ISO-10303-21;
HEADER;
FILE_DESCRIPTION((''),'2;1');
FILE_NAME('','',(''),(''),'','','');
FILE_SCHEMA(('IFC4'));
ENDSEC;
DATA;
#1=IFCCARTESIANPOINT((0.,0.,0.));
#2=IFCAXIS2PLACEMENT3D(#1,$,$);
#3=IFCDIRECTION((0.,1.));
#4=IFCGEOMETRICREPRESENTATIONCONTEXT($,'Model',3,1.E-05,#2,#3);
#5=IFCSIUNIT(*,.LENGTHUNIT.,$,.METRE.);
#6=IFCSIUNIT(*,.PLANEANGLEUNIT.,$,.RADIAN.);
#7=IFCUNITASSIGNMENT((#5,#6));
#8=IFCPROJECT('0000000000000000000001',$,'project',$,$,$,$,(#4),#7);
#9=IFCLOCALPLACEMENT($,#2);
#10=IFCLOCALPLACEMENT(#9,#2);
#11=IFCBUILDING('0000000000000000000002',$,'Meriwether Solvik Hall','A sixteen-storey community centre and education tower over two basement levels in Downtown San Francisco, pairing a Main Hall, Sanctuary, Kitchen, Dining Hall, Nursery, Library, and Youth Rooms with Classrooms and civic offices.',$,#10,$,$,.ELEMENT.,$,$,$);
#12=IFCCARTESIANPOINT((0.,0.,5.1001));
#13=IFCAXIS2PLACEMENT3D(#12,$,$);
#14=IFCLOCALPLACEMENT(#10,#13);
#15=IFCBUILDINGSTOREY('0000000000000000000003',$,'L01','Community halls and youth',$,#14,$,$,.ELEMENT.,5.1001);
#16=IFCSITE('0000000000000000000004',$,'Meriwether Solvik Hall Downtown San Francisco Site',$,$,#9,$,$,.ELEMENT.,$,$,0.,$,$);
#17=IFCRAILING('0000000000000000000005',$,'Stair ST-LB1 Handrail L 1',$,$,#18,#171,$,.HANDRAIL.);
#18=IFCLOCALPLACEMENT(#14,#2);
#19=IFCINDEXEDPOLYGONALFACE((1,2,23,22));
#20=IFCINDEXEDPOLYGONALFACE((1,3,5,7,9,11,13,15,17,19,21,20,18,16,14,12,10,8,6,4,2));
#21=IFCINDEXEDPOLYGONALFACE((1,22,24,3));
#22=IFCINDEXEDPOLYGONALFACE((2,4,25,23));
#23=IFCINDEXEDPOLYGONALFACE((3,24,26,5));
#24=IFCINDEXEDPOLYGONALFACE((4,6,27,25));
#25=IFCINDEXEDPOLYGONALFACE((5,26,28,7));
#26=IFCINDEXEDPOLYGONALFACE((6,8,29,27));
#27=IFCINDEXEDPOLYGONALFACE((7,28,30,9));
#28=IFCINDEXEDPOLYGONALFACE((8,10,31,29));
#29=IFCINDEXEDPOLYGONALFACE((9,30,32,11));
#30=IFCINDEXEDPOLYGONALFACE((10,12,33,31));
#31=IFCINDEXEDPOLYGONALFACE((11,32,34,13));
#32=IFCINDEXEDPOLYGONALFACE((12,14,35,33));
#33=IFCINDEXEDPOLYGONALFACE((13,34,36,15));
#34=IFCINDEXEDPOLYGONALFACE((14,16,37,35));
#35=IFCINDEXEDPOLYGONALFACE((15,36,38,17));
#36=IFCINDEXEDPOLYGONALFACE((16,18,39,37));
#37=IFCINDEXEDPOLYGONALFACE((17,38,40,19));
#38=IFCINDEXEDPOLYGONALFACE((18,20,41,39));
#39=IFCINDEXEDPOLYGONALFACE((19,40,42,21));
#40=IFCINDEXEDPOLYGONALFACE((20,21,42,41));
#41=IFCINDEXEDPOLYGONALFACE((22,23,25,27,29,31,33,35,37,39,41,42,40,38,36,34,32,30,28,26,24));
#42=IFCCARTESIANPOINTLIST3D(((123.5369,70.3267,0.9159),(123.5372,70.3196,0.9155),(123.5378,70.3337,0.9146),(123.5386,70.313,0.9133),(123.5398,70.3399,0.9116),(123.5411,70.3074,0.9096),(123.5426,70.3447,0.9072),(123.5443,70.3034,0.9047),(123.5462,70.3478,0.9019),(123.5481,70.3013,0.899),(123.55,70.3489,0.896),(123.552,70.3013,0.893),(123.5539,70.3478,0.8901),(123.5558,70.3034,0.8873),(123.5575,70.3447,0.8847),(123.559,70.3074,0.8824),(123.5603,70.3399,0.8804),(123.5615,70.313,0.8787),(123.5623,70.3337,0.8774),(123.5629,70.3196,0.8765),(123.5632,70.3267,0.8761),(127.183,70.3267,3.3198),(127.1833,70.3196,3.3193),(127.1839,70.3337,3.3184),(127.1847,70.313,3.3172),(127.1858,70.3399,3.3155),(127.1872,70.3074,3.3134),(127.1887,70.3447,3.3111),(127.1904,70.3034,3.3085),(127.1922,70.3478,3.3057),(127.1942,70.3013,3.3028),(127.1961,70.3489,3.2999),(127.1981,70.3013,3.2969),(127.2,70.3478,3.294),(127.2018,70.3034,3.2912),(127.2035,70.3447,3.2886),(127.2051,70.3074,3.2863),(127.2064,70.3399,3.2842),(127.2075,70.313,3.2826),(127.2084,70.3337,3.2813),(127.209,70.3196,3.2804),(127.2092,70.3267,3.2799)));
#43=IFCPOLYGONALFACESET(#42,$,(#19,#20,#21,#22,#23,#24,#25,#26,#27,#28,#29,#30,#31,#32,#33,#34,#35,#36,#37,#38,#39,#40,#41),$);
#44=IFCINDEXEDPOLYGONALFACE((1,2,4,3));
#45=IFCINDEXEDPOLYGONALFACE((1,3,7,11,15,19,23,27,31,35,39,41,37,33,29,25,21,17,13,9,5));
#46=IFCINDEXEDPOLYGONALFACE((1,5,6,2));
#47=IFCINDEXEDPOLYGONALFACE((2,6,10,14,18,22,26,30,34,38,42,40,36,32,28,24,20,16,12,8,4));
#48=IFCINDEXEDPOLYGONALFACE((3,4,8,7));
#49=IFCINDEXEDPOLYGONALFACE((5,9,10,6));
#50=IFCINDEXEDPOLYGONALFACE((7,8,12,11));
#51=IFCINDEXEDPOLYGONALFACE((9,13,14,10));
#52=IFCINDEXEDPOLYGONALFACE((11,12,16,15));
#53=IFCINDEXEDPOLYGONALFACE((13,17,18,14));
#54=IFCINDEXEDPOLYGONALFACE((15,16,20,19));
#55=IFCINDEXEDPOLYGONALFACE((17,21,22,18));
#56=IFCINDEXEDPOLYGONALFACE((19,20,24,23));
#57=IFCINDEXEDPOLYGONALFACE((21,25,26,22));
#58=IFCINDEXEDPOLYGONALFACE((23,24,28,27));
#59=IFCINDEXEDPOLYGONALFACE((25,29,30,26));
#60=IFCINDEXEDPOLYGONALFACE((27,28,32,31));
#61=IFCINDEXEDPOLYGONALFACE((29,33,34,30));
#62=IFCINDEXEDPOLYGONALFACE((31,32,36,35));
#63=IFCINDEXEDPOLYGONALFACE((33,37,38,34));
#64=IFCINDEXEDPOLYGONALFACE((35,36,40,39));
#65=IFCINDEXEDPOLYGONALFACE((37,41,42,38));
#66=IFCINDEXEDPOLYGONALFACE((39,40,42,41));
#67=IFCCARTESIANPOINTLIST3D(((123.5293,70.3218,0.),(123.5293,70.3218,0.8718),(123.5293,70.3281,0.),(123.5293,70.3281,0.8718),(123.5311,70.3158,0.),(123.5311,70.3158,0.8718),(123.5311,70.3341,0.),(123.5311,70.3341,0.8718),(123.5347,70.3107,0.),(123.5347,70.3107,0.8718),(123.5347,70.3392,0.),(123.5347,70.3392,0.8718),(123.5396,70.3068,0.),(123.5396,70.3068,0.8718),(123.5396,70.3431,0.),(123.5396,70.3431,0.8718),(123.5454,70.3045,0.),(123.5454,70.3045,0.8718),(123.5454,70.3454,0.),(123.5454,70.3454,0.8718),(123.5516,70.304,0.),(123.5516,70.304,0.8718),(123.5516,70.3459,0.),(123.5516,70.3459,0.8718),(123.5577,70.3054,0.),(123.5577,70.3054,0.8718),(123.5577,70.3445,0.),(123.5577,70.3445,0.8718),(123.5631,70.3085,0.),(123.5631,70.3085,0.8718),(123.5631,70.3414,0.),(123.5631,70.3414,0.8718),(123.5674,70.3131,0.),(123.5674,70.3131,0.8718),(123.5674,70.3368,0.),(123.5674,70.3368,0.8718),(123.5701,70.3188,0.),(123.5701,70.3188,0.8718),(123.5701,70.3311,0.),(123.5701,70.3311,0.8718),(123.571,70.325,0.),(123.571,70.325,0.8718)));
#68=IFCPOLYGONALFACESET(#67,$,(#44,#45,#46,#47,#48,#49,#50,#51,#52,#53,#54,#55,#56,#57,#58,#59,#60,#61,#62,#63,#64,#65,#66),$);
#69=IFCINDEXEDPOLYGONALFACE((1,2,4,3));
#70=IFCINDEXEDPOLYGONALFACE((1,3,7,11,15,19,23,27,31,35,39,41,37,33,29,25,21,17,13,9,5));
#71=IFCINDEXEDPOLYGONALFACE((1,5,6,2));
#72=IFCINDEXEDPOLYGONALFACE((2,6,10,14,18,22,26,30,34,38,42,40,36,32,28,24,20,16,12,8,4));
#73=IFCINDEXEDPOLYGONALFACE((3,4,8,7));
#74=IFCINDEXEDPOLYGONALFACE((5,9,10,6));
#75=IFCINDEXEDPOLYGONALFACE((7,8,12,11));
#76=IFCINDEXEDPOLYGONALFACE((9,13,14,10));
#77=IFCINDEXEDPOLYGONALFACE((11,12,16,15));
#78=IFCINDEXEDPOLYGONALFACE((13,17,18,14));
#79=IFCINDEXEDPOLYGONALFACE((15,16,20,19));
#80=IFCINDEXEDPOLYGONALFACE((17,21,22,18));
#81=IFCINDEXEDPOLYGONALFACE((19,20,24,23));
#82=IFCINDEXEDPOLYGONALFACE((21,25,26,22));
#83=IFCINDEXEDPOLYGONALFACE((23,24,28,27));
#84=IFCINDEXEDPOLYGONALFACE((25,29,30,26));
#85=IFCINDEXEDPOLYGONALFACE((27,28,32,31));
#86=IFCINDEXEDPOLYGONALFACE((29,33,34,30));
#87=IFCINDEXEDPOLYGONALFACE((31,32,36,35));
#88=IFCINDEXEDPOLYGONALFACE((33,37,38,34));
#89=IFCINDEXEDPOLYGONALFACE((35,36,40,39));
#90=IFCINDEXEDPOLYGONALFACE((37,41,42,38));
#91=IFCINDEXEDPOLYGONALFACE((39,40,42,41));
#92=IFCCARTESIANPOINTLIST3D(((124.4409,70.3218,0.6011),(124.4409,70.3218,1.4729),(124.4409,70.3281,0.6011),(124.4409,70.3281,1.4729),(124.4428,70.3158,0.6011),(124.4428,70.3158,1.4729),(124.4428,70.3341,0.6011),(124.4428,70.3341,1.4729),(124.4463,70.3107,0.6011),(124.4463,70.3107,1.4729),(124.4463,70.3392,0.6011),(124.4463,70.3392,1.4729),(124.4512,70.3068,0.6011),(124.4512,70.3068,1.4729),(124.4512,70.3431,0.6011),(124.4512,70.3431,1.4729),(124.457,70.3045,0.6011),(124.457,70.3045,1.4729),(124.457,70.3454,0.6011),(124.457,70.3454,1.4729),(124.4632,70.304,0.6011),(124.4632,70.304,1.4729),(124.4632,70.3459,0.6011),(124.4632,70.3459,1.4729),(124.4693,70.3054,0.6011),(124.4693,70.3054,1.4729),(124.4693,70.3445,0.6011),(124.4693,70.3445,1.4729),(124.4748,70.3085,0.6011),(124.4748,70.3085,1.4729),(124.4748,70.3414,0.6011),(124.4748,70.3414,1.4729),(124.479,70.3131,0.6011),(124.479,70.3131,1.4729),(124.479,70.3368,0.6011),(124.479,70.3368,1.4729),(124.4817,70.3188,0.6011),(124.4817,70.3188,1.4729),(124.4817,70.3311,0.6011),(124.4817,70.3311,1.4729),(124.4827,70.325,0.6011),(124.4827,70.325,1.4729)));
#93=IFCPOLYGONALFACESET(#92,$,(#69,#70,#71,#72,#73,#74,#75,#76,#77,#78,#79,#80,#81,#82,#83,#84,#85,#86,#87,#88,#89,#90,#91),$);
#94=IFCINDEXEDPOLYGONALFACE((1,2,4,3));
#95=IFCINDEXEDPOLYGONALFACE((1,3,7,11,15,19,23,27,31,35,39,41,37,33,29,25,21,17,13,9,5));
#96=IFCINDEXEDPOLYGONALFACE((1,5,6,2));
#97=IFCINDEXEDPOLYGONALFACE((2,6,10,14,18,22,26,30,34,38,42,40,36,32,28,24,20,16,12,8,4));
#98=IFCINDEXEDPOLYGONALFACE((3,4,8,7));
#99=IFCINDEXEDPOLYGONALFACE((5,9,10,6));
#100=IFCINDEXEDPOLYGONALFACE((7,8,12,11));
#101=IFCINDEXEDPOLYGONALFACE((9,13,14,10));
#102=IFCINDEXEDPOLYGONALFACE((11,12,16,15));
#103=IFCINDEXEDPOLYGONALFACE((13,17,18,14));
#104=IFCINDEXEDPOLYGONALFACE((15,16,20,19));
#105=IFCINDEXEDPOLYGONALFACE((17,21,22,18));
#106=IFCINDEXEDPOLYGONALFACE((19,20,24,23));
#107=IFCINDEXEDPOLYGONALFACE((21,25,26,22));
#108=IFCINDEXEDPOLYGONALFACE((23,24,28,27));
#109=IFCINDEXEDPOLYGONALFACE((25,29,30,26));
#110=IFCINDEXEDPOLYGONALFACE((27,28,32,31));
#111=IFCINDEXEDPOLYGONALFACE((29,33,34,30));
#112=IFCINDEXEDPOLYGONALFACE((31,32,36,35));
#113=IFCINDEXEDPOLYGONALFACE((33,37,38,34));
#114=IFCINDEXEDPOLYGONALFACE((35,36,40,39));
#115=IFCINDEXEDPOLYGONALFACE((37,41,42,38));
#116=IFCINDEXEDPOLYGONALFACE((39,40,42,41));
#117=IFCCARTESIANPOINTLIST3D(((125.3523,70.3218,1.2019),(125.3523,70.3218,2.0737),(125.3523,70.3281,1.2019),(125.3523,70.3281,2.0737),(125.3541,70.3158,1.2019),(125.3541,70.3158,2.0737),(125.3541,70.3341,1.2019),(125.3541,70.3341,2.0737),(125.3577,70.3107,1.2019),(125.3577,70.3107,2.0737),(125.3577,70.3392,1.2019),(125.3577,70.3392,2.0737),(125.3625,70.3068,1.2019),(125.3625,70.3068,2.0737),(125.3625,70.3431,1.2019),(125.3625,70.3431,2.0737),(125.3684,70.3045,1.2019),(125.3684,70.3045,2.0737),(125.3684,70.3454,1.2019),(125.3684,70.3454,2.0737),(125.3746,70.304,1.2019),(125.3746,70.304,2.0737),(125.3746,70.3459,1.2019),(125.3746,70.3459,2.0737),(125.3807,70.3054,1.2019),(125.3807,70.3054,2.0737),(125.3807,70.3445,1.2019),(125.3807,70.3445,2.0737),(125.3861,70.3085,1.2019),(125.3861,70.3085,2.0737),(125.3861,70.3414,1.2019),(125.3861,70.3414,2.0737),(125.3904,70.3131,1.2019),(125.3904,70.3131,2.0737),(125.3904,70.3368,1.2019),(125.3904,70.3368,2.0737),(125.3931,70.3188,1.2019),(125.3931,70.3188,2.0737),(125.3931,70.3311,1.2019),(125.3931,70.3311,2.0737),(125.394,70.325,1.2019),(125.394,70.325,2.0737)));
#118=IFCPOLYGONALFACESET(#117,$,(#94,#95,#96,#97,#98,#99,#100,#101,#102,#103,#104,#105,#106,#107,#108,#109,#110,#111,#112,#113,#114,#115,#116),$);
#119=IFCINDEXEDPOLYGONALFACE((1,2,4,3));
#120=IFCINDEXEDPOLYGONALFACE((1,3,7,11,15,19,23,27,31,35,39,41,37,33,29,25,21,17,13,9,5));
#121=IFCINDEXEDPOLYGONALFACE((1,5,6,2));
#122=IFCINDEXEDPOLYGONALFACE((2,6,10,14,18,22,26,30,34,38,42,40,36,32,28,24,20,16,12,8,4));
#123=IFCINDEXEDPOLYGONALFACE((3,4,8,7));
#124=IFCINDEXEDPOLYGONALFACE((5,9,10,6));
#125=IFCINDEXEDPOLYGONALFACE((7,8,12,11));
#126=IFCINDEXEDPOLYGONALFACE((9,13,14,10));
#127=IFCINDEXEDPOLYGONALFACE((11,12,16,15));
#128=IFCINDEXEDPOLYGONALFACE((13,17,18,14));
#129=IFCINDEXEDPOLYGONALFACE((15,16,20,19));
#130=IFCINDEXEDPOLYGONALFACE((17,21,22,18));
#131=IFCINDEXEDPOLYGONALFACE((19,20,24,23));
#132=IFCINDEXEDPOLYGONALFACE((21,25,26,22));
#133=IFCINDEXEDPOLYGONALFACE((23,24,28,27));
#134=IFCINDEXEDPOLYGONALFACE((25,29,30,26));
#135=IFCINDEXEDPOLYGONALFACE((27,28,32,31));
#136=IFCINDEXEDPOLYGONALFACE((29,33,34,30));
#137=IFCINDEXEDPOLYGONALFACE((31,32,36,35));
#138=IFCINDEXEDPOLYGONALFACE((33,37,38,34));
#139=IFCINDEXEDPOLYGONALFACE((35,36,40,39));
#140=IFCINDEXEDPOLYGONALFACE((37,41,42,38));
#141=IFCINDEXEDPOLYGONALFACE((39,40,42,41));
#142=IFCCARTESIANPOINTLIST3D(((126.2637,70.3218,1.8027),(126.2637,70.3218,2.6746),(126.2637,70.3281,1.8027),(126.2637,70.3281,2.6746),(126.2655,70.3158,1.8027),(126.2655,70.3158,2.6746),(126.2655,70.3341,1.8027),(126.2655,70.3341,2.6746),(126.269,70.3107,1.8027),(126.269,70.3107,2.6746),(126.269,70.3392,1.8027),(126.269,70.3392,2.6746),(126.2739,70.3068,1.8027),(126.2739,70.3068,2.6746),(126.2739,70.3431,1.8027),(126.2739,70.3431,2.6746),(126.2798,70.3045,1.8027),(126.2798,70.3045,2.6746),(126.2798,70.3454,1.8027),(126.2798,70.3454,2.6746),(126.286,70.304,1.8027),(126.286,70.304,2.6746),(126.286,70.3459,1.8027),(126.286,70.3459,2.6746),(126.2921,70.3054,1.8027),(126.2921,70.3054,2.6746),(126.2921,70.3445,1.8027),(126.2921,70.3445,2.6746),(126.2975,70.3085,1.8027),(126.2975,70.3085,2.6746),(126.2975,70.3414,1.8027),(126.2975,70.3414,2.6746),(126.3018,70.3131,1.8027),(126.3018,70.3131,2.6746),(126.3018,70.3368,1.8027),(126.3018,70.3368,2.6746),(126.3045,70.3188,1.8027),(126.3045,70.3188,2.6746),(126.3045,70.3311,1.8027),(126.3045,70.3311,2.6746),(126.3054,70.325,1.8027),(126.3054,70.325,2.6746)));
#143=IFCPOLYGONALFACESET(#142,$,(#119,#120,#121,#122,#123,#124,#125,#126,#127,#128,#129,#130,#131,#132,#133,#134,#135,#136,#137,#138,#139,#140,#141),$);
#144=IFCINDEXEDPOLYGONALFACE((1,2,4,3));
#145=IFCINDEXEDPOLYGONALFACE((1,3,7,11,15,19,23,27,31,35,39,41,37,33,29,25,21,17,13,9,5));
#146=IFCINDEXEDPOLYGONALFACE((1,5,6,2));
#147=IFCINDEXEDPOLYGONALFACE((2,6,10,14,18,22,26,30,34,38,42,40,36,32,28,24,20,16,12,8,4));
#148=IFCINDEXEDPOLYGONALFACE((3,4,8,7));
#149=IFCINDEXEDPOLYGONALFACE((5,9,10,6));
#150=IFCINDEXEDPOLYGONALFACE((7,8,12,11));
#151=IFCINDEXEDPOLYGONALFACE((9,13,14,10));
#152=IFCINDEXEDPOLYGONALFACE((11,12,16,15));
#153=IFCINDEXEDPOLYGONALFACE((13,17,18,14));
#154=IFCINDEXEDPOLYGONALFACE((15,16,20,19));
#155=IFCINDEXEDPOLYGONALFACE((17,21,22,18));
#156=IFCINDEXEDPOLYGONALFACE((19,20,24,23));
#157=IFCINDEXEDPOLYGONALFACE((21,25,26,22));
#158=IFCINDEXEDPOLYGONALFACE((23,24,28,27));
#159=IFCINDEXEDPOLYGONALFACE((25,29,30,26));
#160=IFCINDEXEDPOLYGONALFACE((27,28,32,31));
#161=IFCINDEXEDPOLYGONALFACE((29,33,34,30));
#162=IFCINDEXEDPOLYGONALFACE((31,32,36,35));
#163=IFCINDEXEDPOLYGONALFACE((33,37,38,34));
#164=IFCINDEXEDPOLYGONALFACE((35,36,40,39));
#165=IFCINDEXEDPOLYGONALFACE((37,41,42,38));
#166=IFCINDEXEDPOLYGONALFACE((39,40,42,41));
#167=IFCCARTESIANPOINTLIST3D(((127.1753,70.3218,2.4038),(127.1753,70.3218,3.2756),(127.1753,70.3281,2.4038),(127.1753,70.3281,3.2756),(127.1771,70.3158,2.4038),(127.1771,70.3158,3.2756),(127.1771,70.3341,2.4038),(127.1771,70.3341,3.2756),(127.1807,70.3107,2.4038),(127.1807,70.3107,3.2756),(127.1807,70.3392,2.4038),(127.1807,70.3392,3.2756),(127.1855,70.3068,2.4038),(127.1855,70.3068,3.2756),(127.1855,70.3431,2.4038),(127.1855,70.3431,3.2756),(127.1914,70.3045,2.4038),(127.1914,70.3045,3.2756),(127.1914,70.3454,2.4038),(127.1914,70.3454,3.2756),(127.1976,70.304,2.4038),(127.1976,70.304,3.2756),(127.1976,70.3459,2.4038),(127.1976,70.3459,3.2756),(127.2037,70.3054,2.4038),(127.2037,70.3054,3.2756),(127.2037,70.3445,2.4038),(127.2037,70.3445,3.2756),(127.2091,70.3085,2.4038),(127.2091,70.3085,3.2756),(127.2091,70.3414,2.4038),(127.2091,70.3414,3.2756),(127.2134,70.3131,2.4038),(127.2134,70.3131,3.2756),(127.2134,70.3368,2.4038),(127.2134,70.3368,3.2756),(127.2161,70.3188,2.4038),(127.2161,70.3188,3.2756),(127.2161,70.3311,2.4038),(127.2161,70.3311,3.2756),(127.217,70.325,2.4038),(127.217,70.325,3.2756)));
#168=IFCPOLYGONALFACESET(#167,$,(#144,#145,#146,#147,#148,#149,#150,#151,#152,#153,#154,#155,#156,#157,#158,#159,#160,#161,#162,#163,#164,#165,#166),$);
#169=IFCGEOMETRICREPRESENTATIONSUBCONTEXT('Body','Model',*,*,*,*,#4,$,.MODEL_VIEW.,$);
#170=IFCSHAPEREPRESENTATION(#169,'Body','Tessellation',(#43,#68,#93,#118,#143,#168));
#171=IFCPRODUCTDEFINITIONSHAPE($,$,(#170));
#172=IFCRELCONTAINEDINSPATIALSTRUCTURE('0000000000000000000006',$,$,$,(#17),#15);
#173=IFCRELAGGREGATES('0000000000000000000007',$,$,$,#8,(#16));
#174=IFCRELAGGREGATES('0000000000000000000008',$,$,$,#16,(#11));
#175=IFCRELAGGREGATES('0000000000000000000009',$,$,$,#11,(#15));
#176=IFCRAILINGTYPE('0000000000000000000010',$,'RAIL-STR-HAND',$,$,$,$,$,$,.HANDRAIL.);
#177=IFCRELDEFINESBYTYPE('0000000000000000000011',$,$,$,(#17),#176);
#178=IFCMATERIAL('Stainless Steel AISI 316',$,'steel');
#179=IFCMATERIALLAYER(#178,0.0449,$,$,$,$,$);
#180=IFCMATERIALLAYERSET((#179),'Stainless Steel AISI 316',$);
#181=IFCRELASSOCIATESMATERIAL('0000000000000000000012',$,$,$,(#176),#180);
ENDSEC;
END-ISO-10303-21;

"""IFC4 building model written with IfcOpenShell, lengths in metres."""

from ifc_helpers import new_model, si_unit, direction, frame, origin, origin_2d, place, context, subcontext, project, spatial, circle, extrude, material, layer, layer_set, type_object, element, save


model = new_model("IFC4")

# Units and contexts
model_context = context("Model", 3, precision=1e-05, world=origin(), true_north=direction((0.0, 1.0)))
body_context = subcontext(model_context, "Body", "Model", "MODEL_VIEW")
ifc_project = project(units=[si_unit("LENGTHUNIT", "METRE"), si_unit("PLANEANGLEUNIT", "RADIAN")], contexts=[model_context])

# Site, building, storey
site_placement = place(None, origin())
site = spatial("IfcSite", under=ifc_project, at=site_placement, Name="Meriwether Solvik Hall Downtown San Francisco Site", CompositionType="ELEMENT", RefElevation=0.0)
building_placement = place(site_placement, origin())
building = spatial("IfcBuilding", under=site, at=building_placement, Name="Meriwether Solvik Hall", Description="A sixteen-storey community centre and education tower over two basement levels in Downtown San Francisco, pairing a Main Hall, Sanctuary, Kitchen, Dining Hall, Nursery, Library, and Youth Rooms with Classrooms and civic offices.", CompositionType="ELEMENT")
storey_placement = place(building_placement, frame((0.0, 0.0, 5.1001)))
storey = spatial("IfcBuildingStorey", under=building, at=storey_placement, Name="L01", Description="Community halls and youth", CompositionType="ELEMENT", Elevation=5.1001)

# Railing
ifc_material_1 = material(Name="Stainless Steel AISI 316", Category="steel")
ifc_layer_1 = layer(ifc_material_1, 0.0449)
ifc_layer_set_1 = layer_set([ifc_layer_1], Name="Stainless Steel AISI 316")
railing_type_1 = type_object("IfcRailingType", Name="RAIL-STR-HAND", PredefinedType="HANDRAIL", material=ifc_layer_set_1)
railing_1_placement = place(storey_placement, frame((123.55, 70.325, 0.0)))
element("IfcRailing", 1, at=railing_1_placement, inside=storey, type_object=railing_type_1, Name="Stair ST-LB1 Handrail L 1", PredefinedType="HANDRAIL", context=body_context, shape_type="SweptSolid", body=[
    extrude(circle(Radius=0.0239, at=origin_2d()), frame((0.0, 0.0, 0.896), z_axis=(0.834878, 0.0, 0.550436), x_axis=(0.0, 1.0, 0.0)), (0.0, 0.0, 1.0), 4.3672),
    extrude(circle(Radius=0.021, at=origin_2d()), origin(), (0.0, 0.0, 1.0), 0.8718),
    extrude(circle(Radius=0.021, at=origin_2d()), frame((0.9116, 0.0, 0.6011)), (0.0, 0.0, 1.0), 0.8718),
    extrude(circle(Radius=0.021, at=origin_2d()), frame((1.823, 0.0, 1.2019)), (0.0, 0.0, 1.0), 0.8718),
    extrude(circle(Radius=0.021, at=origin_2d()), frame((2.7344, 0.0, 1.8027)), (0.0, 0.0, 1.0), 0.8718),
    extrude(circle(Radius=0.021, at=origin_2d()), frame((3.646, 0.0, 2.4038)), (0.0, 0.0, 1.0), 0.8718),
])

save(model, "model.ifc")
